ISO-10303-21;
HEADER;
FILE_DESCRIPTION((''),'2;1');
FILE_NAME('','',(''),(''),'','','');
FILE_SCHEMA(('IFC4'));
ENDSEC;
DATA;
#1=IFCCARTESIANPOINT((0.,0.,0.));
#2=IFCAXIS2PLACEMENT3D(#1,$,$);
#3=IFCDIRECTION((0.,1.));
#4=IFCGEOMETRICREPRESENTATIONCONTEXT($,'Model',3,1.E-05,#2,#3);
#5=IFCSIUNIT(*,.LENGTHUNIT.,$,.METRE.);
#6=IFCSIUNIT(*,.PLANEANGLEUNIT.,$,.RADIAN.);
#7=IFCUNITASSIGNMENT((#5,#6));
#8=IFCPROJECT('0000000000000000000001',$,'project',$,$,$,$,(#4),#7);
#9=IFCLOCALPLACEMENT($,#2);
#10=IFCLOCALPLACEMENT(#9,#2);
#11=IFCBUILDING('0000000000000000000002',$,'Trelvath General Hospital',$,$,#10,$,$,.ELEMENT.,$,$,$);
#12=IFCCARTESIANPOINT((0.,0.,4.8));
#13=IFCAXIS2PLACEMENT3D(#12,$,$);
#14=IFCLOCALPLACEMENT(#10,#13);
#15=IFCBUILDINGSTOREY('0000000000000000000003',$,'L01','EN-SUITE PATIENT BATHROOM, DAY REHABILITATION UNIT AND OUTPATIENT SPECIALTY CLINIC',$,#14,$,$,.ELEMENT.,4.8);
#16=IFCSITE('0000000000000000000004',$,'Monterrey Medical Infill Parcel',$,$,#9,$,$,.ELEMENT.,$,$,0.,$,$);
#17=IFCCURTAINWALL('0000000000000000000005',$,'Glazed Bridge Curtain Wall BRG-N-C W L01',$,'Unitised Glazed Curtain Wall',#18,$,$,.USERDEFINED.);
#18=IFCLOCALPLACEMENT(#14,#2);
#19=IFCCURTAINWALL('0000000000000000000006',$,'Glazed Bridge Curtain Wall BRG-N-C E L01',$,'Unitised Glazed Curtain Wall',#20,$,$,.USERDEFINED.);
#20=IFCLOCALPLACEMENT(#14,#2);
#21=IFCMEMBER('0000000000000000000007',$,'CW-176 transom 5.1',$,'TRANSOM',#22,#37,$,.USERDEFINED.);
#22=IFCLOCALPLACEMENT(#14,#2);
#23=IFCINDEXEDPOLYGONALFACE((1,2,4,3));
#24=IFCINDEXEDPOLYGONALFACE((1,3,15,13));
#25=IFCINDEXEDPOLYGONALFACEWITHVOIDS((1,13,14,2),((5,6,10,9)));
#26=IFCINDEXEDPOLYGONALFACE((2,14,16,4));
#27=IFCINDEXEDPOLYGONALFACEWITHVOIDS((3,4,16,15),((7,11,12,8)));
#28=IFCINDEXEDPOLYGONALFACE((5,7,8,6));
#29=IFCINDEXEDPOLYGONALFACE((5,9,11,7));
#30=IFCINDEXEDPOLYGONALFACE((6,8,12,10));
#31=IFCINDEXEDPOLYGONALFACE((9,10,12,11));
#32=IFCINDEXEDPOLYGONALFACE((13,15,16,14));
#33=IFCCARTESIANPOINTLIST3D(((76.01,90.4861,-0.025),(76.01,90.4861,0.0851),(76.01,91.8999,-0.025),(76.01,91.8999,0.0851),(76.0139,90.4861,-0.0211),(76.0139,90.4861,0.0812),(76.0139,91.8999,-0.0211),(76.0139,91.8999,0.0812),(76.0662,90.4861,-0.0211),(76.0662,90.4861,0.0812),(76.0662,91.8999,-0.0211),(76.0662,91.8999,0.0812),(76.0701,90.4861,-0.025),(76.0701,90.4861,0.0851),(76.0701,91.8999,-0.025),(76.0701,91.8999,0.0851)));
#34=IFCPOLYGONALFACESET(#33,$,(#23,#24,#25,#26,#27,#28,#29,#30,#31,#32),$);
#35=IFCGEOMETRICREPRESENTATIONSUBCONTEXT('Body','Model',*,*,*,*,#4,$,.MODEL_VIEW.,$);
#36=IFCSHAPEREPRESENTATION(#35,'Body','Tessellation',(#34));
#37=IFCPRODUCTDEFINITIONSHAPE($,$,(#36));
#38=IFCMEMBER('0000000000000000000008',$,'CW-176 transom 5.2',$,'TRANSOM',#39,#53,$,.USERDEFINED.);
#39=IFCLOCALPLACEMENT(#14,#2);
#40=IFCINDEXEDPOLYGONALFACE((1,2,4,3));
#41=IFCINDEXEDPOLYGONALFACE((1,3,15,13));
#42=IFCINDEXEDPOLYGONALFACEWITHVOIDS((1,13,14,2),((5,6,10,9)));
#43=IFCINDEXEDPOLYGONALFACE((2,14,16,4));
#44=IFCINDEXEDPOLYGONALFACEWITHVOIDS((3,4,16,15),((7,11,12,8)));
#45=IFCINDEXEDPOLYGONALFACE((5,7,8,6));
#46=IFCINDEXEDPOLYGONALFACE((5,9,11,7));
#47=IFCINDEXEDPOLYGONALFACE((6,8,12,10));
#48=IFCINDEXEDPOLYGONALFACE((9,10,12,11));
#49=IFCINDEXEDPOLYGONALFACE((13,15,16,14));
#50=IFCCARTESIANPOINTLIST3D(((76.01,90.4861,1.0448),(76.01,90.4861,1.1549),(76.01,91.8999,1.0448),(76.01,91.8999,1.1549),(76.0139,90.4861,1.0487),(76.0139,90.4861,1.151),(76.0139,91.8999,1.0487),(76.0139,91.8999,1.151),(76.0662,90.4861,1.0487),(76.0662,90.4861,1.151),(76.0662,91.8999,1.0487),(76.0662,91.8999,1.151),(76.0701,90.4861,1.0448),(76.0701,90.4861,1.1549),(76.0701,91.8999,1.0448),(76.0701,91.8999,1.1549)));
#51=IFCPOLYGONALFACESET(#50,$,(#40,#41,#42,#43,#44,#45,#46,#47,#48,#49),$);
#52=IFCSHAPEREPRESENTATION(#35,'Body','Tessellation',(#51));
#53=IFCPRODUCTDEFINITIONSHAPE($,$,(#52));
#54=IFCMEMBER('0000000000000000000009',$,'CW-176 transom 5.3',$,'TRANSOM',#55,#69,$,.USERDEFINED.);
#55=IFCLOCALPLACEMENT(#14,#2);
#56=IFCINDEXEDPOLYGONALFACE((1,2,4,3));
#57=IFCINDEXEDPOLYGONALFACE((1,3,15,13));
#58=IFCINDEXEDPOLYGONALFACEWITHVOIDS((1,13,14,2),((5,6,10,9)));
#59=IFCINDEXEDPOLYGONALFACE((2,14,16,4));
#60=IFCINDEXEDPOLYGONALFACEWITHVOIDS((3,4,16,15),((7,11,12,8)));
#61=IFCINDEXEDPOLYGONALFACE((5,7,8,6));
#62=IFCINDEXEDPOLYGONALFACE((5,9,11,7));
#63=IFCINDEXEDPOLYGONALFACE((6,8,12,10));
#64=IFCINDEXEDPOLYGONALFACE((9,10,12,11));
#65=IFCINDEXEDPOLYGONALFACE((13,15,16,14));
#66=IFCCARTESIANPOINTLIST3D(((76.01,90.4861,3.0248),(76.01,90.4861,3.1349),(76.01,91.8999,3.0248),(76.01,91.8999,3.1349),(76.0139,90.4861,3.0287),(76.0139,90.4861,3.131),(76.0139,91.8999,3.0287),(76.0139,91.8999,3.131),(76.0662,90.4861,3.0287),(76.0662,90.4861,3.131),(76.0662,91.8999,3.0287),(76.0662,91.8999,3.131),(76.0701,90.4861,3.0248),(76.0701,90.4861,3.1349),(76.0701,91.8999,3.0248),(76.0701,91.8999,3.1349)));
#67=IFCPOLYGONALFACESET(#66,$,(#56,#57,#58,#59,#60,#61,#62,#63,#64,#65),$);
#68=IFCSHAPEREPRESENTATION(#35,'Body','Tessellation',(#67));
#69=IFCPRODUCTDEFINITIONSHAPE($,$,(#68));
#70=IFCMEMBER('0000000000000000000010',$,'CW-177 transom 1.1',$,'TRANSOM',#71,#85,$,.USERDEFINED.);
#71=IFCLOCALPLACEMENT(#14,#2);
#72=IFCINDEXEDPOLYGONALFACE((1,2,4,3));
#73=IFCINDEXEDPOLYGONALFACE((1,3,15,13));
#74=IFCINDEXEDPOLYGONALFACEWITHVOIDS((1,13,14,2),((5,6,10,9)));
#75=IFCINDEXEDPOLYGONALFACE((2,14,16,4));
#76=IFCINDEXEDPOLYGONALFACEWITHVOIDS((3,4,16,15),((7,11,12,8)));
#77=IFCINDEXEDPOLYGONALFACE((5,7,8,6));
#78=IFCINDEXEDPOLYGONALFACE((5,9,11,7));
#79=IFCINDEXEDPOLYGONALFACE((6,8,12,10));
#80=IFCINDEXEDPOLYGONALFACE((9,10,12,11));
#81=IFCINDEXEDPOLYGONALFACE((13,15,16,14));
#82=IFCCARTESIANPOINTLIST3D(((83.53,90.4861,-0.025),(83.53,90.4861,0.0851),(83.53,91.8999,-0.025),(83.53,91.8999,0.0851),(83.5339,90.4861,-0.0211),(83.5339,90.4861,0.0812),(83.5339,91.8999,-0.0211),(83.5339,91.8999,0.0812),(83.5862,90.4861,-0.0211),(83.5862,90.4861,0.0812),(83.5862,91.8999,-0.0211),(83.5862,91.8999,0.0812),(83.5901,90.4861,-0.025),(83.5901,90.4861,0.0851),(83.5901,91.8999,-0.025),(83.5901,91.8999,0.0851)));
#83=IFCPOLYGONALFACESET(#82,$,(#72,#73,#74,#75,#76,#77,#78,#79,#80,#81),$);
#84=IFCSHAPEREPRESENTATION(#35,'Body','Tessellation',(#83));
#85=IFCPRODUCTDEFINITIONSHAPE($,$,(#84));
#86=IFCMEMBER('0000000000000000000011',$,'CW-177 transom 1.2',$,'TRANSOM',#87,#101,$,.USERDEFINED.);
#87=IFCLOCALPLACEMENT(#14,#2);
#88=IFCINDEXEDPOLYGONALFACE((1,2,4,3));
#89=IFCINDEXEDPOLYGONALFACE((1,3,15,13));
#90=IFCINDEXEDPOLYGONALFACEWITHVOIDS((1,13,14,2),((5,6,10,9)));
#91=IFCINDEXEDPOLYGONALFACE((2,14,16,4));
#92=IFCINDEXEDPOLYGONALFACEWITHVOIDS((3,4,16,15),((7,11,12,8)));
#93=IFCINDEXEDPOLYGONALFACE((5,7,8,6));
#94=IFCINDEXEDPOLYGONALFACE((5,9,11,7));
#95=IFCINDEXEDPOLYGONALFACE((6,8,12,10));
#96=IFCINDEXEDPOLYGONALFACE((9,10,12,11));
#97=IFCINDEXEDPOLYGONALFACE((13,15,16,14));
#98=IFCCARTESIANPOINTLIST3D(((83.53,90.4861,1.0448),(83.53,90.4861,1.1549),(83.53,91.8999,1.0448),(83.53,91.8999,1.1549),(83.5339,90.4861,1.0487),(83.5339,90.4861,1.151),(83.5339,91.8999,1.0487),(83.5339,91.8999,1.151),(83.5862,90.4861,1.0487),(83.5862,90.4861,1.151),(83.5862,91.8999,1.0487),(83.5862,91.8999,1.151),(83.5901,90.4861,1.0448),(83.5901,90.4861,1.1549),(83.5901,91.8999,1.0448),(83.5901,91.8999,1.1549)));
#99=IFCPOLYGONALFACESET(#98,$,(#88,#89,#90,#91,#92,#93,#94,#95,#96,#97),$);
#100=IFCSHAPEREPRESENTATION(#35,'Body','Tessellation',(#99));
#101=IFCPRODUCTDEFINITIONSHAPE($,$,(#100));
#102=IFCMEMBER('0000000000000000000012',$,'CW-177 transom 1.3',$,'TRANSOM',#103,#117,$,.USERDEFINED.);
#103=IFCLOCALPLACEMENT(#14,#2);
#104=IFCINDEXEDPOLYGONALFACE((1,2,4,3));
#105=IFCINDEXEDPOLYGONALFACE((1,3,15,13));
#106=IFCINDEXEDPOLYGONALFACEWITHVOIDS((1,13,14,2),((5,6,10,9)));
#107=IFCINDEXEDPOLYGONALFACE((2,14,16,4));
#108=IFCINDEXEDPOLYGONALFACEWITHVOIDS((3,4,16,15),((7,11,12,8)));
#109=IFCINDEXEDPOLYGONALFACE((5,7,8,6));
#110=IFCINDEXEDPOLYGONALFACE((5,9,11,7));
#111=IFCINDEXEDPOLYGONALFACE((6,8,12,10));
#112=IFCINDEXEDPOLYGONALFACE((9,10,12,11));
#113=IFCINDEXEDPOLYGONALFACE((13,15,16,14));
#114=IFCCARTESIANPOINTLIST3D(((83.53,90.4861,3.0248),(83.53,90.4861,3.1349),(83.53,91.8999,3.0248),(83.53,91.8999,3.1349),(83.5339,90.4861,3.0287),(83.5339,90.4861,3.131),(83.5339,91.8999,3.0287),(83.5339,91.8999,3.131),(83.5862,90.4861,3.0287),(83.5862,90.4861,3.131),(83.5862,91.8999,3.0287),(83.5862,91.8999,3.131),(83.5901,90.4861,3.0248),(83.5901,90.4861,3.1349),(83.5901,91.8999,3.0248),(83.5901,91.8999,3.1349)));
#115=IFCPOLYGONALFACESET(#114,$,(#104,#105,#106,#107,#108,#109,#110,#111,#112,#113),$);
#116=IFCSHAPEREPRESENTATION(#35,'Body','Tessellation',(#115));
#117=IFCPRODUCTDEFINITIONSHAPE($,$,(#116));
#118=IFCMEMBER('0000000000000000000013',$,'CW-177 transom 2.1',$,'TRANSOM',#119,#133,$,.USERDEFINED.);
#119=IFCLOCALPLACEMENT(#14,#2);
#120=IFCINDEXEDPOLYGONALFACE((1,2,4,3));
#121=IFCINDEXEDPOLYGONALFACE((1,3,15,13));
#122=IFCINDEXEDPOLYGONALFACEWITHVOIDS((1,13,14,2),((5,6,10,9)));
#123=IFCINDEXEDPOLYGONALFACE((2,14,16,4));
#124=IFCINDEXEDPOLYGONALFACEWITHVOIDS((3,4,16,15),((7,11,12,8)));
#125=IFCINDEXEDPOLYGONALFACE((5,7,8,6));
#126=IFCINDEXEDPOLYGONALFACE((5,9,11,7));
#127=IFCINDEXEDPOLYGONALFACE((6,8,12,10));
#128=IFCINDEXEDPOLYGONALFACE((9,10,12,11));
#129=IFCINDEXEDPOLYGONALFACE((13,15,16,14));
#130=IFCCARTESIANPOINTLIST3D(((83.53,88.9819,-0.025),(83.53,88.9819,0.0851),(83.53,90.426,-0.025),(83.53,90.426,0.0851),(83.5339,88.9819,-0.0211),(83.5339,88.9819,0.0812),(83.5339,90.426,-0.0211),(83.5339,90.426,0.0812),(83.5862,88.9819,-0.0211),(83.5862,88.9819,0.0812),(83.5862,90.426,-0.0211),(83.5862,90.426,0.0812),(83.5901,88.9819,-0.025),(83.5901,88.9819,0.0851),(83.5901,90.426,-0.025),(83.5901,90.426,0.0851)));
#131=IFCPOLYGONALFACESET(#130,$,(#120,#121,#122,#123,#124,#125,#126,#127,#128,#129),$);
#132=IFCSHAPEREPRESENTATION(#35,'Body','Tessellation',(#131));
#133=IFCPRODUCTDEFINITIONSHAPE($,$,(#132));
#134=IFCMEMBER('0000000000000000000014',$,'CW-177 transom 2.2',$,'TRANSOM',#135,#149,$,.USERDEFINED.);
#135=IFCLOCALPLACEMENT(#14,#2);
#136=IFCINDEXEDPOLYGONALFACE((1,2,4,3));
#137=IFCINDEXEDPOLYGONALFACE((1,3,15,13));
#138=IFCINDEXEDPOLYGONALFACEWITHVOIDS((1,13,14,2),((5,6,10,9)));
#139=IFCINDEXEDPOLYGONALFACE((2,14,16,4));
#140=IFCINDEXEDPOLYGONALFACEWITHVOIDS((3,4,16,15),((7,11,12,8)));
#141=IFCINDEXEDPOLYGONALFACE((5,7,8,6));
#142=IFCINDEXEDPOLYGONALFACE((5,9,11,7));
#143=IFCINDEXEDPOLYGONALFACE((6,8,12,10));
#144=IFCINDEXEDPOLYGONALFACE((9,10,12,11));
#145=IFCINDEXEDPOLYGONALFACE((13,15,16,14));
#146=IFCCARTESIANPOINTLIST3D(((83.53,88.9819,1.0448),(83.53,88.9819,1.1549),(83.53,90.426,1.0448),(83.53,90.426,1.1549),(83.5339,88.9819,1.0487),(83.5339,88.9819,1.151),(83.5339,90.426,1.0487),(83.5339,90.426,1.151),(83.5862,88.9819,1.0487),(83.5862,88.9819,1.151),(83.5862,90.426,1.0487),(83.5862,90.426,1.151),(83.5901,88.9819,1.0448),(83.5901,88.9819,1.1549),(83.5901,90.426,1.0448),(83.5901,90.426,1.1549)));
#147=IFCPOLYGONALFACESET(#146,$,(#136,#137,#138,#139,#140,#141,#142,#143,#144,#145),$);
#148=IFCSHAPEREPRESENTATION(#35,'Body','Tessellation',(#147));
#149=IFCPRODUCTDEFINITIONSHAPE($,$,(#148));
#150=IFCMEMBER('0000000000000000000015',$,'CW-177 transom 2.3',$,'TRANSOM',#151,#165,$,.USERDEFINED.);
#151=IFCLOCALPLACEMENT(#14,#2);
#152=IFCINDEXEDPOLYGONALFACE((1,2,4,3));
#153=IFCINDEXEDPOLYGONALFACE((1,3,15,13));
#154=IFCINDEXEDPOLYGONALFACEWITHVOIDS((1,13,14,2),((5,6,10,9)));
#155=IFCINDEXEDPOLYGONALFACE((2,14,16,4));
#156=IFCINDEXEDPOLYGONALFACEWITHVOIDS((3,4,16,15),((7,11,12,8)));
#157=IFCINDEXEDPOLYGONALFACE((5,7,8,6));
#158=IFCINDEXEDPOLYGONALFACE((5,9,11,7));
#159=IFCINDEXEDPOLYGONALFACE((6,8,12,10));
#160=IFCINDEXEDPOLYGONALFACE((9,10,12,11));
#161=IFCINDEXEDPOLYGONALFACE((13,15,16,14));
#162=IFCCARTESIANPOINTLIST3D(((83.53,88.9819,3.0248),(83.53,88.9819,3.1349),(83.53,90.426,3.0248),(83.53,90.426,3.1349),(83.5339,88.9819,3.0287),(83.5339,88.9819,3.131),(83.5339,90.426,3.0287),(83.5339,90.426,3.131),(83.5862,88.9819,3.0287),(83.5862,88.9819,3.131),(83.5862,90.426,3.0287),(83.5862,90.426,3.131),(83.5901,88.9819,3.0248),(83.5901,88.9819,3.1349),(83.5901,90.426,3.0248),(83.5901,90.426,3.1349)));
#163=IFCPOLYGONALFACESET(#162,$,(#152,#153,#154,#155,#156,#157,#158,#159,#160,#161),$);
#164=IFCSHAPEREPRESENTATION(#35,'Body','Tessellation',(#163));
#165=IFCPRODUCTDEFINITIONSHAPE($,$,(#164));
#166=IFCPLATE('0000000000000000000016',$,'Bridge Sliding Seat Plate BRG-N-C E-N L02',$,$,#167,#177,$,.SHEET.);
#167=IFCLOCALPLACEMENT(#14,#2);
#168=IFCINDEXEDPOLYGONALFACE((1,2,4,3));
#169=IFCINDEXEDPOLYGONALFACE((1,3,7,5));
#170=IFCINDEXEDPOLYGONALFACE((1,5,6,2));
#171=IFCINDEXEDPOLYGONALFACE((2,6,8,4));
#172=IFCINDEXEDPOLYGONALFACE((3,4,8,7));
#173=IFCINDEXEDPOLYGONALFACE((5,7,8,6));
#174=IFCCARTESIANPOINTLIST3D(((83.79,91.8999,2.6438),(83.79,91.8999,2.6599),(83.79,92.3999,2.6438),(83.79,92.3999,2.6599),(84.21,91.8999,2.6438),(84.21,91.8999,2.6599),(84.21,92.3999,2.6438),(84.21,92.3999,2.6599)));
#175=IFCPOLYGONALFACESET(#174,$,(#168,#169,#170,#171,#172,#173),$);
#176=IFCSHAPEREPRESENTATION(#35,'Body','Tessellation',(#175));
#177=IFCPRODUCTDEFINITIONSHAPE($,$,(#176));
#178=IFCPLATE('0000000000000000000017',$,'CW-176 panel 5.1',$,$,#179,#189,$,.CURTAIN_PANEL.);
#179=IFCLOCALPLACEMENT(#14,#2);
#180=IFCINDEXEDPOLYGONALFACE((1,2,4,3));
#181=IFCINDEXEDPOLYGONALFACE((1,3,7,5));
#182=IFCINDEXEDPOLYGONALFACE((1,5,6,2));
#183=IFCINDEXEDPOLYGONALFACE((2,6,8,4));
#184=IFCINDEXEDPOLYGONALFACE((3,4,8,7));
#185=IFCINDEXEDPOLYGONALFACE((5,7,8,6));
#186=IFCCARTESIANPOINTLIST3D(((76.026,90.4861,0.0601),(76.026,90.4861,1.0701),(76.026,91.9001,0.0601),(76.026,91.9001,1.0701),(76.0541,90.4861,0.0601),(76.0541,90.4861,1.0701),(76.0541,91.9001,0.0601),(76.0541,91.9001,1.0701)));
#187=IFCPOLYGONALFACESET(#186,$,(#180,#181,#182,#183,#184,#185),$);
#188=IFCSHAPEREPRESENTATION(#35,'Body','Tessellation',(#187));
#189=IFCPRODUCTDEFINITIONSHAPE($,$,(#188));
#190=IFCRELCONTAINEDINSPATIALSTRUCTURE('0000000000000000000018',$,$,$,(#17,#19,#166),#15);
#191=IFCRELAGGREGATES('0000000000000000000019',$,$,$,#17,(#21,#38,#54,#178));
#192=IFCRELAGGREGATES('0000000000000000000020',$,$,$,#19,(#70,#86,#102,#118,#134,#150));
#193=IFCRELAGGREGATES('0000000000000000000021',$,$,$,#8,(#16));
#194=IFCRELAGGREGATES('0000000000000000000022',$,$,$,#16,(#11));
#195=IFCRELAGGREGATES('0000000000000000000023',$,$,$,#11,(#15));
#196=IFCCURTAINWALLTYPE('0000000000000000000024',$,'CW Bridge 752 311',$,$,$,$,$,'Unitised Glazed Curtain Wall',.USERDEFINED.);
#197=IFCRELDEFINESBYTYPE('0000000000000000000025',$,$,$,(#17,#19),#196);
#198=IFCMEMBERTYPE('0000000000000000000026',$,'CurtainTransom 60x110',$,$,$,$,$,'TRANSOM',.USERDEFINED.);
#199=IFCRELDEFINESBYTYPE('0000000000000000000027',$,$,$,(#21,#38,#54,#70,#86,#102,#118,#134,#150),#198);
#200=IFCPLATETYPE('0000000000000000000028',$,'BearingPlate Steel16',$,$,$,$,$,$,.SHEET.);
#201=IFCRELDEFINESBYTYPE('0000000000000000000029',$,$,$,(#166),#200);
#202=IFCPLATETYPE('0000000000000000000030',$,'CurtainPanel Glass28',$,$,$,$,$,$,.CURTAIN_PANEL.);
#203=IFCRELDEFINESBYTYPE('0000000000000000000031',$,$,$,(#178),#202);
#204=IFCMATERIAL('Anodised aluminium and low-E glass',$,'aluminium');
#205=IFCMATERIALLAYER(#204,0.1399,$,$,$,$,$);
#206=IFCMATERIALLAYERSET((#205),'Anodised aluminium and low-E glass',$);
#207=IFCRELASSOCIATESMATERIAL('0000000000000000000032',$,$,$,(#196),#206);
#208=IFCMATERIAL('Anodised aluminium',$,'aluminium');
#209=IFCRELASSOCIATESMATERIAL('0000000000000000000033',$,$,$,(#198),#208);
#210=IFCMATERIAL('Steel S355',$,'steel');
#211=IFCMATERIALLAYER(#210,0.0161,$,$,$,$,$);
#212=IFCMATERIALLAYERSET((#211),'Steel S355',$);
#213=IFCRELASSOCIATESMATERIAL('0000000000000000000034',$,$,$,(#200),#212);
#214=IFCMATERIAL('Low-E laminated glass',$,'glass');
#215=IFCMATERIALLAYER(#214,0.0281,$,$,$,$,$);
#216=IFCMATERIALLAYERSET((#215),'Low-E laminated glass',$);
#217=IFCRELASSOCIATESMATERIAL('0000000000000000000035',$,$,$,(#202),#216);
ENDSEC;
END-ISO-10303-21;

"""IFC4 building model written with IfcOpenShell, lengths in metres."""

from ifc_helpers import new_model, si_unit, direction, frame, origin, origin_2d, place, context, subcontext, project, spatial, rectangle, hollow_rectangle, extrude, material, layer, layer_set, material_profile, profile_set, type_object, element, aggregate, save


model = new_model("IFC4")

# Units and contexts
model_context = context("Model", 3, precision=1e-05, world=origin(), true_north=direction((0.0, 1.0)))
body_context = subcontext(model_context, "Body", "Model", "MODEL_VIEW")
ifc_project = project(units=[si_unit("LENGTHUNIT", "METRE"), si_unit("PLANEANGLEUNIT", "RADIAN")], contexts=[model_context])

# Site, building, storey
site_placement = place(None, origin())
site = spatial("IfcSite", under=ifc_project, at=site_placement, Name="Monterrey Medical Infill Parcel", CompositionType="ELEMENT", RefElevation=0.0)
building_placement = place(site_placement, origin())
building = spatial("IfcBuilding", under=site, at=building_placement, Name="Trelvath General Hospital", CompositionType="ELEMENT")
storey_placement = place(building_placement, frame((0.0, 0.0, 4.8)))
storey = spatial("IfcBuildingStorey", under=building, at=storey_placement, Name="L01", Description="EN-SUITE PATIENT BATHROOM, DAY REHABILITATION UNIT AND OUTPATIENT SPECIALTY CLINIC", CompositionType="ELEMENT", Elevation=4.8)

# Curtain walls
ifc_material_1 = material(Name="Anodised aluminium and low-E glass", Category="aluminium")
ifc_layer_1 = layer(ifc_material_1, 0.1399)
ifc_layer_set_1 = layer_set([ifc_layer_1], Name="Anodised aluminium and low-E glass")
curtain_wall_type = type_object("IfcCurtainWallType", Name="CW Bridge 752 311", ElementType="Unitised Glazed Curtain Wall", PredefinedType="USERDEFINED", material=ifc_layer_set_1)
curtain_wall_1_placement = place(storey_placement, origin())
curtain_wall_1 = element("IfcCurtainWall", 1, at=curtain_wall_1_placement, inside=storey, type_object=curtain_wall_type, Name="Glazed Bridge Curtain Wall BRG-N-C W L01", ObjectType="Unitised Glazed Curtain Wall", PredefinedType="USERDEFINED")
curtain_wall_2_placement = place(storey_placement, origin())
curtain_wall_2 = element("IfcCurtainWall", 2, at=curtain_wall_2_placement, inside=storey, type_object=curtain_wall_type, Name="Glazed Bridge Curtain Wall BRG-N-C E L01", ObjectType="Unitised Glazed Curtain Wall", PredefinedType="USERDEFINED")

# Members
ifc_material_2 = material(Name="Anodised aluminium", Category="aluminium")
ifc_material_profile_1 = material_profile(ifc_material_2, hollow_rectangle(XDim=0.0601, YDim=0.1101, WallThickness=0.0039, at=origin_2d()), Name="RHS60x110x4")
ifc_profile_set_1 = profile_set([ifc_material_profile_1], Name="Anodised aluminium")
member_type_1 = type_object("IfcMemberType", Name="CurtainTransom 60x110", ElementType="TRANSOM", PredefinedType="USERDEFINED", material=ifc_profile_set_1)
member_1_placement = place(storey_placement, frame((76.04, 90.4861, 0.03), z_axis=(0.0, 1.0, 0.0), x_axis=(-1.0, 0.0, 0.0)))
member_1 = element("IfcMember", 3, at=member_1_placement, type_object=member_type_1, Name="CW-176 transom 5.1", ObjectType="TRANSOM", PredefinedType="USERDEFINED", context=body_context, shape_type="SweptSolid", body=[
    extrude(hollow_rectangle(XDim=0.0601, YDim=0.1101, WallThickness=0.0039, at=origin_2d()), origin(), (0.0, 0.0, 1.0), 1.4138),
])
member_2_placement = place(storey_placement, frame((76.04, 90.4861, 1.0999), z_axis=(0.0, 1.0, 0.0), x_axis=(-1.0, 0.0, 0.0)))
member_2 = element("IfcMember", 4, at=member_2_placement, type_object=member_type_1, Name="CW-176 transom 5.2", ObjectType="TRANSOM", PredefinedType="USERDEFINED", context=body_context, shape_type="SweptSolid", body=[
    extrude(hollow_rectangle(XDim=0.0601, YDim=0.1101, WallThickness=0.0039, at=origin_2d()), origin(), (0.0, 0.0, 1.0), 1.4138),
])
member_3_placement = place(storey_placement, frame((76.04, 90.4861, 3.0798), z_axis=(0.0, 1.0, 0.0), x_axis=(-1.0, 0.0, 0.0)))
member_3 = element("IfcMember", 5, at=member_3_placement, type_object=member_type_1, Name="CW-176 transom 5.3", ObjectType="TRANSOM", PredefinedType="USERDEFINED", context=body_context, shape_type="SweptSolid", body=[
    extrude(hollow_rectangle(XDim=0.0601, YDim=0.1101, WallThickness=0.0039, at=origin_2d()), origin(), (0.0, 0.0, 1.0), 1.4138),
])
member_4_placement = place(storey_placement, frame((83.5601, 91.8999, 0.03), z_axis=(0.0, -1.0, 0.0), x_axis=(1.0, 0.0, 0.0)))
member_4 = element("IfcMember", 6, at=member_4_placement, type_object=member_type_1, Name="CW-177 transom 1.1", ObjectType="TRANSOM", PredefinedType="USERDEFINED", context=body_context, shape_type="SweptSolid", body=[
    extrude(hollow_rectangle(XDim=0.0601, YDim=0.1101, WallThickness=0.0039, at=origin_2d()), origin(), (0.0, 0.0, 1.0), 1.4138),
])
member_5_placement = place(storey_placement, frame((83.5601, 91.8999, 1.0999), z_axis=(0.0, -1.0, 0.0), x_axis=(1.0, 0.0, 0.0)))
member_5 = element("IfcMember", 7, at=member_5_placement, type_object=member_type_1, Name="CW-177 transom 1.2", ObjectType="TRANSOM", PredefinedType="USERDEFINED", context=body_context, shape_type="SweptSolid", body=[
    extrude(hollow_rectangle(XDim=0.0601, YDim=0.1101, WallThickness=0.0039, at=origin_2d()), origin(), (0.0, 0.0, 1.0), 1.4138),
])
member_6_placement = place(storey_placement, frame((83.5601, 91.8999, 3.0798), z_axis=(0.0, -1.0, 0.0), x_axis=(1.0, 0.0, 0.0)))
member_6 = element("IfcMember", 8, at=member_6_placement, type_object=member_type_1, Name="CW-177 transom 1.3", ObjectType="TRANSOM", PredefinedType="USERDEFINED", context=body_context, shape_type="SweptSolid", body=[
    extrude(hollow_rectangle(XDim=0.0601, YDim=0.1101, WallThickness=0.0039, at=origin_2d()), origin(), (0.0, 0.0, 1.0), 1.4138),
])
member_7_placement = place(storey_placement, frame((83.5601, 90.426, 0.03), z_axis=(0.0, -1.0, 0.0), x_axis=(1.0, 0.0, 0.0)))
member_7 = element("IfcMember", 9, at=member_7_placement, type_object=member_type_1, Name="CW-177 transom 2.1", ObjectType="TRANSOM", PredefinedType="USERDEFINED", context=body_context, shape_type="SweptSolid", body=[
    extrude(hollow_rectangle(XDim=0.0601, YDim=0.1101, WallThickness=0.0039, at=origin_2d()), origin(), (0.0, 0.0, 1.0), 1.4441),
])
member_8_placement = place(storey_placement, frame((83.5601, 90.426, 1.0999), z_axis=(0.0, -1.0, 0.0), x_axis=(1.0, 0.0, 0.0)))
member_8 = element("IfcMember", 10, at=member_8_placement, type_object=member_type_1, Name="CW-177 transom 2.2", ObjectType="TRANSOM", PredefinedType="USERDEFINED", context=body_context, shape_type="SweptSolid", body=[
    extrude(hollow_rectangle(XDim=0.0601, YDim=0.1101, WallThickness=0.0039, at=origin_2d()), origin(), (0.0, 0.0, 1.0), 1.4441),
])
member_9_placement = place(storey_placement, frame((83.5601, 90.426, 3.0798), z_axis=(0.0, -1.0, 0.0), x_axis=(1.0, 0.0, 0.0)))
member_9 = element("IfcMember", 11, at=member_9_placement, type_object=member_type_1, Name="CW-177 transom 2.3", ObjectType="TRANSOM", PredefinedType="USERDEFINED", context=body_context, shape_type="SweptSolid", body=[
    extrude(hollow_rectangle(XDim=0.0601, YDim=0.1101, WallThickness=0.0039, at=origin_2d()), origin(), (0.0, 0.0, 1.0), 1.4441),
])

# Plates
ifc_material_3 = material(Name="Steel S355", Category="steel")
ifc_layer_2 = layer(ifc_material_3, 0.0161)
ifc_layer_set_2 = layer_set([ifc_layer_2], Name="Steel S355")
plate_type_1 = type_object("IfcPlateType", Name="BearingPlate Steel16", PredefinedType="SHEET", material=ifc_layer_set_2)
plate_1_placement = place(storey_placement, frame((84.0, 92.1499, 2.6438), z_axis=(0.0, 0.0, 1.0), x_axis=(1.0, 0.0, 0.0)))
element("IfcPlate", 12, at=plate_1_placement, inside=storey, type_object=plate_type_1, Name="Bridge Sliding Seat Plate BRG-N-C E-N L02", PredefinedType="SHEET", context=body_context, shape_type="SweptSolid", body=[
    extrude(rectangle(XDim=0.4199, YDim=0.5, at=origin_2d()), origin(), (0.0, 0.0, 1.0), 0.0161),
])
ifc_material_4 = material(Name="Low-E laminated glass", Category="glass")
ifc_layer_3 = layer(ifc_material_4, 0.0281)
ifc_layer_set_3 = layer_set([ifc_layer_3], Name="Low-E laminated glass")
plate_type_2 = type_object("IfcPlateType", Name="CurtainPanel Glass28", PredefinedType="CURTAIN_PANEL", material=ifc_layer_set_3)
plate_2_placement = place(storey_placement, frame((76.04, 91.1931, 0.0601), z_axis=(0.0, 0.0, 1.0), x_axis=(0.0, 1.0, 0.0)))
plate_2 = element("IfcPlate", 13, at=plate_2_placement, type_object=plate_type_2, Name="CW-176 panel 5.1", PredefinedType="CURTAIN_PANEL", context=body_context, shape_type="SweptSolid", body=[
    extrude(rectangle(XDim=1.4141, YDim=0.0281, at=origin_2d()), origin(), (0.0, 0.0, 1.0), 1.01),
])
aggregate(curtain_wall_1, [member_1, member_2, member_3, plate_2])
aggregate(curtain_wall_2, [member_4, member_5, member_6, member_7, member_8, member_9])

save(model, "model.ifc")
